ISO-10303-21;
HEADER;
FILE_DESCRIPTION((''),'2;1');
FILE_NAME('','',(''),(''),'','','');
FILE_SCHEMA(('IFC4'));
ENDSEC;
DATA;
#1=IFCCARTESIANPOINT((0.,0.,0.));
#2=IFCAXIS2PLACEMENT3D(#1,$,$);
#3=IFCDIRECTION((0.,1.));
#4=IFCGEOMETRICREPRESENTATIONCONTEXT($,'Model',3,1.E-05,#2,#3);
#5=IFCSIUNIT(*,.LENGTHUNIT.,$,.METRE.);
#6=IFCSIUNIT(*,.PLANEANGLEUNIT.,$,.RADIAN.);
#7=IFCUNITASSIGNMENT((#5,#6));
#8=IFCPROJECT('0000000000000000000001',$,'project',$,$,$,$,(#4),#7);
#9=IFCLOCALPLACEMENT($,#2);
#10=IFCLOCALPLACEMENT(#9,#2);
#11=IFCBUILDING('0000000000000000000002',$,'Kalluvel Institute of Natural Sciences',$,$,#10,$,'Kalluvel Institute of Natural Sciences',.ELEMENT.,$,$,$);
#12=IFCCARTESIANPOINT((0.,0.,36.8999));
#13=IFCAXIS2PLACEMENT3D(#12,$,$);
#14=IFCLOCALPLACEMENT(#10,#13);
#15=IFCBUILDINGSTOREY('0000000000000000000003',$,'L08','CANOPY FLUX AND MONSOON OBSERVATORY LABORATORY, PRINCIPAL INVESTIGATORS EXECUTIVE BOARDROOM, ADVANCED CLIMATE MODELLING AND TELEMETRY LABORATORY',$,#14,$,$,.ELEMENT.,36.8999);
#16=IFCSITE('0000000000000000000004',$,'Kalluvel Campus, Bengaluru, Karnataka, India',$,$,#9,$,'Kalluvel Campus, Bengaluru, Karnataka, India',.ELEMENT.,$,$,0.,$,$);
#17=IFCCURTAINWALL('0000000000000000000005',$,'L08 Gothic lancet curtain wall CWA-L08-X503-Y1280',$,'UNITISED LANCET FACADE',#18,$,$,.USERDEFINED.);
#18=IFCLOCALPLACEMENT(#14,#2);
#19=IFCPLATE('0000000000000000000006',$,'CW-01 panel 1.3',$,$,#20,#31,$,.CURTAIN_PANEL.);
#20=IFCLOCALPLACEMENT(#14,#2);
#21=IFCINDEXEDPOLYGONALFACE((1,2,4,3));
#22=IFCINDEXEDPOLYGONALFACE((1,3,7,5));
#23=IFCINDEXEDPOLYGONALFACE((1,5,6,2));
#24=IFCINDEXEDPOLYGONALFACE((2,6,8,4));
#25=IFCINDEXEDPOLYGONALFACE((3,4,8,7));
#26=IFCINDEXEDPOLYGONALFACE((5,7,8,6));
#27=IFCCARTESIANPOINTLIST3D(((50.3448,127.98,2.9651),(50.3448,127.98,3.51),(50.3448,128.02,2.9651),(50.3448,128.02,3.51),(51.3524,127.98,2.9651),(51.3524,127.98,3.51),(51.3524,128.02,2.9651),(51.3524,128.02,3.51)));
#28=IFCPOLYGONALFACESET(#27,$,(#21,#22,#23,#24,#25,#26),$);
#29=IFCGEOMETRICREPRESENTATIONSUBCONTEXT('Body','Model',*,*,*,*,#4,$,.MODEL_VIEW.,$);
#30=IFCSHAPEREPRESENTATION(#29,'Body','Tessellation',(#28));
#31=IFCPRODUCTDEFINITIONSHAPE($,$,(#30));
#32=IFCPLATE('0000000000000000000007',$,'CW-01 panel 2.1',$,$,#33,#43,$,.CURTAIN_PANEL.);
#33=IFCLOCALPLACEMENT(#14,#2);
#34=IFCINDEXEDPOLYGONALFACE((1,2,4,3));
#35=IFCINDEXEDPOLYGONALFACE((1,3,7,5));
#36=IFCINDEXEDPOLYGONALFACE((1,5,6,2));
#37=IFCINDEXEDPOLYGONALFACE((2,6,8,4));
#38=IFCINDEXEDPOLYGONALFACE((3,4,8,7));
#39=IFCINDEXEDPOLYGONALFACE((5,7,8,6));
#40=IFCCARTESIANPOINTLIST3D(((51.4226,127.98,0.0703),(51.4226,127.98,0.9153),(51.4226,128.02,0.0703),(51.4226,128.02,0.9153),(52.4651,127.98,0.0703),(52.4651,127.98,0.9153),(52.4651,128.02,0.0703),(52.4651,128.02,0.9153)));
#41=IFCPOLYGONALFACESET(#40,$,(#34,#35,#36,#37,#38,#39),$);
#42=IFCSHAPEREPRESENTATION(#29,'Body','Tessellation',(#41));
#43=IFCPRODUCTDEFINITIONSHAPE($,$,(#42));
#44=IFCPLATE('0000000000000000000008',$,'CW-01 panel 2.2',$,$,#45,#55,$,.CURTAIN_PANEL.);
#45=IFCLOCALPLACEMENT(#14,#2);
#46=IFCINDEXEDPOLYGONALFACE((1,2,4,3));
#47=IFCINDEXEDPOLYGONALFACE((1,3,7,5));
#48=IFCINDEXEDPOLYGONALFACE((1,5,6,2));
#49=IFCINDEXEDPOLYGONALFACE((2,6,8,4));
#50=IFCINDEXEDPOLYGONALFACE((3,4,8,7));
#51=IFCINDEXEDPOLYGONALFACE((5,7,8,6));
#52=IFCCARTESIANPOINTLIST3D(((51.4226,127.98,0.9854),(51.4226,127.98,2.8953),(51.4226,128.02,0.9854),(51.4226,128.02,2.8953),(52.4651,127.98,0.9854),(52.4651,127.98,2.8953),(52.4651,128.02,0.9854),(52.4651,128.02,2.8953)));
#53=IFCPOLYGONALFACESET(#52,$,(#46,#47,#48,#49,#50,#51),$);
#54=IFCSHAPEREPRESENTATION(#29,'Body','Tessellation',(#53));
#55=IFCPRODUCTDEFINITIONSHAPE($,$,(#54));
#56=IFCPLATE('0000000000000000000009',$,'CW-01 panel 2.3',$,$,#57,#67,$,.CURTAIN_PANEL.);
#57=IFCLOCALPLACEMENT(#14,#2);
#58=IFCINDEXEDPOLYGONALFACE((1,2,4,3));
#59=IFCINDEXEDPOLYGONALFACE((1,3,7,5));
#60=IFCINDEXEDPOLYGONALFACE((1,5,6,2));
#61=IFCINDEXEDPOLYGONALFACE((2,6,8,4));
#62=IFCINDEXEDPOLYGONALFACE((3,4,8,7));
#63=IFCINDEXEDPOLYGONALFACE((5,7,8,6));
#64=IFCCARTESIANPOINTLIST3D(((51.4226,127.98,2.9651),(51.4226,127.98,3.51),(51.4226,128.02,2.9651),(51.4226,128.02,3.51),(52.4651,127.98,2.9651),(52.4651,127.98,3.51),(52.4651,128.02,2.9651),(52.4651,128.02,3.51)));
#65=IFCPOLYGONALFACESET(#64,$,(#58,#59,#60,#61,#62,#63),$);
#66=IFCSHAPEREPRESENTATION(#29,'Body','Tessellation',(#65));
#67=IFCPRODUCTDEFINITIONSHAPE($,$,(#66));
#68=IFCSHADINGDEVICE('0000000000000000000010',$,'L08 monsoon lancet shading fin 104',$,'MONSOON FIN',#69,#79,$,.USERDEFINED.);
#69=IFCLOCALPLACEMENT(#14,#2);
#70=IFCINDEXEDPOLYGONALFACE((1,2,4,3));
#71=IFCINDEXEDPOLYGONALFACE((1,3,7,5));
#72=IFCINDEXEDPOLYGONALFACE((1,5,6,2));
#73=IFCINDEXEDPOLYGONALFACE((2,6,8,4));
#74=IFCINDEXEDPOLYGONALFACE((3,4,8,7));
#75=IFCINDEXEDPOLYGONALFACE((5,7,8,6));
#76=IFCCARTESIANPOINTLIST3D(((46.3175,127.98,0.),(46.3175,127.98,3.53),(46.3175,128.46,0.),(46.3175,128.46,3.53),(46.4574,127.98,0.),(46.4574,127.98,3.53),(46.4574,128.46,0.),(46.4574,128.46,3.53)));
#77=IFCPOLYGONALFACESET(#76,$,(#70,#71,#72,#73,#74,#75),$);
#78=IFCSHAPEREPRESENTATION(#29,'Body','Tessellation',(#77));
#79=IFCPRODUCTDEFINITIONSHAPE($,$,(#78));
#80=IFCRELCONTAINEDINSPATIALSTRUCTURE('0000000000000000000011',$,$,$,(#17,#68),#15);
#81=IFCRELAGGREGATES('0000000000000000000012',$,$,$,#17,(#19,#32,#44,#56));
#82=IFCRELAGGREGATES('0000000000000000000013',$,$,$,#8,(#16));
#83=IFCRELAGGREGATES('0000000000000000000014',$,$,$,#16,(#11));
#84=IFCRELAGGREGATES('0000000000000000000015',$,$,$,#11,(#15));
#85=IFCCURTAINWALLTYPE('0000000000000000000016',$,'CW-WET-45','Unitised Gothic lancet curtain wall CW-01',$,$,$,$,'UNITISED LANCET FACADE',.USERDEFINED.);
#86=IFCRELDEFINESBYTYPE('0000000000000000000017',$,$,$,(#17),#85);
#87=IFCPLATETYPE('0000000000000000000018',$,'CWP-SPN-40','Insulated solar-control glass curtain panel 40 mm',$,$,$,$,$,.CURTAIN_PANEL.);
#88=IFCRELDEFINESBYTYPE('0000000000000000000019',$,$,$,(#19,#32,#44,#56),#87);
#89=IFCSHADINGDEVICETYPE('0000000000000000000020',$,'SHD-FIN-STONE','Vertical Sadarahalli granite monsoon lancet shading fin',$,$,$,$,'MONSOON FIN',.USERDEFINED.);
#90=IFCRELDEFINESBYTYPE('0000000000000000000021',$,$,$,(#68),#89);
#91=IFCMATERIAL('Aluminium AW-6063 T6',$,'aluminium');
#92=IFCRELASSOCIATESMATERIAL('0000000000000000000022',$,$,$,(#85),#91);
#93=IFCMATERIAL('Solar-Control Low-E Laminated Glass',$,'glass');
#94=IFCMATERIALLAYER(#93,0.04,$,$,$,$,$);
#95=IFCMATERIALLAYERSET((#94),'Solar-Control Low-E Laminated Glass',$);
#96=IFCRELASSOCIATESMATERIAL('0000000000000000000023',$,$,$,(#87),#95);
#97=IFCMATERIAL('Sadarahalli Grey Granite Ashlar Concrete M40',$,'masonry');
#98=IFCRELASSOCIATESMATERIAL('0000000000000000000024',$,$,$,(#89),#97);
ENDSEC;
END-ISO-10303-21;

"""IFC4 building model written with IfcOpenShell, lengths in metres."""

from ifc_helpers import new_model, si_unit, direction, frame, origin, origin_2d, place, context, subcontext, project, spatial, rectangle, extrude, material, layer, layer_set, type_object, element, aggregate, save


model = new_model("IFC4")

# Units and contexts
model_context = context("Model", 3, precision=1e-05, world=origin(), true_north=direction((0.0, 1.0)))
body_context = subcontext(model_context, "Body", "Model", "MODEL_VIEW")
ifc_project = project(units=[si_unit("LENGTHUNIT", "METRE"), si_unit("PLANEANGLEUNIT", "RADIAN")], contexts=[model_context])

# Site, building, storey
site_placement = place(None, origin())
site = spatial("IfcSite", under=ifc_project, at=site_placement, Name="Kalluvel Campus, Bengaluru, Karnataka, India", LongName="Kalluvel Campus, Bengaluru, Karnataka, India", CompositionType="ELEMENT", RefElevation=0.0)
building_placement = place(site_placement, origin())
building = spatial("IfcBuilding", under=site, at=building_placement, Name="Kalluvel Institute of Natural Sciences", LongName="Kalluvel Institute of Natural Sciences", CompositionType="ELEMENT")
storey_placement = place(building_placement, frame((0.0, 0.0, 36.8999)))
storey = spatial("IfcBuildingStorey", under=building, at=storey_placement, Name="L08", Description="CANOPY FLUX AND MONSOON OBSERVATORY LABORATORY, PRINCIPAL INVESTIGATORS EXECUTIVE BOARDROOM, ADVANCED CLIMATE MODELLING AND TELEMETRY LABORATORY", CompositionType="ELEMENT", Elevation=36.8999)

# Shared definitions
ifc_material_1 = material(Name="Aluminium AW-6063 T6", Category="aluminium")
curtain_wall_type = type_object("IfcCurtainWallType", Name="CW-WET-45", Description="Unitised Gothic lancet curtain wall CW-01", ElementType="UNITISED LANCET FACADE", PredefinedType="USERDEFINED", material=ifc_material_1)

# Curtain wall
curtain_wall_1_placement = place(storey_placement, origin())
curtain_wall_1 = element("IfcCurtainWall", 1, at=curtain_wall_1_placement, inside=storey, type_object=curtain_wall_type, Name="L08 Gothic lancet curtain wall CWA-L08-X503-Y1280", ObjectType="UNITISED LANCET FACADE", PredefinedType="USERDEFINED")

# Plates
ifc_material_2 = material(Name="Solar-Control Low-E Laminated Glass", Category="glass")
ifc_layer = layer(ifc_material_2, 0.04)
ifc_layer_set = layer_set([ifc_layer], Name="Solar-Control Low-E Laminated Glass")
plate_type = type_object("IfcPlateType", Name="CWP-SPN-40", Description="Insulated solar-control glass curtain panel 40 mm", PredefinedType="CURTAIN_PANEL", material=ifc_layer_set)
plate_1_placement = place(storey_placement, frame((50.8486, 128.0, 2.9651), z_axis=(0.0, 0.0, 1.0), x_axis=(1.0, 0.0, 0.0)))
plate_1 = element("IfcPlate", 2, at=plate_1_placement, type_object=plate_type, Name="CW-01 panel 1.3", PredefinedType="CURTAIN_PANEL", context=body_context, shape_type="SweptSolid", body=[
    extrude(rectangle(XDim=1.0076, YDim=0.04, at=origin_2d()), origin(), (0.0, 0.0, 1.0), 0.5449),
])
plate_2_placement = place(storey_placement, frame((51.9438, 128.0, 0.0703), z_axis=(0.0, 0.0, 1.0), x_axis=(1.0, 0.0, 0.0)))
plate_2 = element("IfcPlate", 3, at=plate_2_placement, type_object=plate_type, Name="CW-01 panel 2.1", PredefinedType="CURTAIN_PANEL", context=body_context, shape_type="SweptSolid", body=[
    extrude(rectangle(XDim=1.0425, YDim=0.04, at=origin_2d()), origin(), (0.0, 0.0, 1.0), 0.845),
])
plate_3_placement = place(storey_placement, frame((51.9438, 128.0, 0.9854), z_axis=(0.0, 0.0, 1.0), x_axis=(1.0, 0.0, 0.0)))
plate_3 = element("IfcPlate", 4, at=plate_3_placement, type_object=plate_type, Name="CW-01 panel 2.2", PredefinedType="CURTAIN_PANEL", context=body_context, shape_type="SweptSolid", body=[
    extrude(rectangle(XDim=1.0425, YDim=0.04, at=origin_2d()), origin(), (0.0, 0.0, 1.0), 1.9099),
])
plate_4_placement = place(storey_placement, frame((51.9438, 128.0, 2.9651), z_axis=(0.0, 0.0, 1.0), x_axis=(1.0, 0.0, 0.0)))
plate_4 = element("IfcPlate", 5, at=plate_4_placement, type_object=plate_type, Name="CW-01 panel 2.3", PredefinedType="CURTAIN_PANEL", context=body_context, shape_type="SweptSolid", body=[
    extrude(rectangle(XDim=1.0425, YDim=0.04, at=origin_2d()), origin(), (0.0, 0.0, 1.0), 0.5449),
])
aggregate(curtain_wall_1, [plate_1, plate_2, plate_3, plate_4])

# Shading device
ifc_material_3 = material(Name="Sadarahalli Grey Granite Ashlar Concrete M40", Category="masonry")
shading_device_type = type_object("IfcShadingDeviceType", Name="SHD-FIN-STONE", Description="Vertical Sadarahalli granite monsoon lancet shading fin", ElementType="MONSOON FIN", PredefinedType="USERDEFINED", material=ifc_material_3)
shading_device_placement = place(storey_placement, frame((46.3875, 128.22, 0.0), z_axis=(0.0, 0.0, 1.0), x_axis=(1.0, 0.0, 0.0)))
element("IfcShadingDevice", 6, at=shading_device_placement, inside=storey, type_object=shading_device_type, Name="L08 monsoon lancet shading fin 104", ObjectType="MONSOON FIN", PredefinedType="USERDEFINED", context=body_context, shape_type="SweptSolid", body=[
    extrude(rectangle(XDim=0.1399, YDim=0.48, at=origin_2d()), origin(), (0.0, 0.0, 1.0), 3.53),
])

save(model, "model.ifc")
